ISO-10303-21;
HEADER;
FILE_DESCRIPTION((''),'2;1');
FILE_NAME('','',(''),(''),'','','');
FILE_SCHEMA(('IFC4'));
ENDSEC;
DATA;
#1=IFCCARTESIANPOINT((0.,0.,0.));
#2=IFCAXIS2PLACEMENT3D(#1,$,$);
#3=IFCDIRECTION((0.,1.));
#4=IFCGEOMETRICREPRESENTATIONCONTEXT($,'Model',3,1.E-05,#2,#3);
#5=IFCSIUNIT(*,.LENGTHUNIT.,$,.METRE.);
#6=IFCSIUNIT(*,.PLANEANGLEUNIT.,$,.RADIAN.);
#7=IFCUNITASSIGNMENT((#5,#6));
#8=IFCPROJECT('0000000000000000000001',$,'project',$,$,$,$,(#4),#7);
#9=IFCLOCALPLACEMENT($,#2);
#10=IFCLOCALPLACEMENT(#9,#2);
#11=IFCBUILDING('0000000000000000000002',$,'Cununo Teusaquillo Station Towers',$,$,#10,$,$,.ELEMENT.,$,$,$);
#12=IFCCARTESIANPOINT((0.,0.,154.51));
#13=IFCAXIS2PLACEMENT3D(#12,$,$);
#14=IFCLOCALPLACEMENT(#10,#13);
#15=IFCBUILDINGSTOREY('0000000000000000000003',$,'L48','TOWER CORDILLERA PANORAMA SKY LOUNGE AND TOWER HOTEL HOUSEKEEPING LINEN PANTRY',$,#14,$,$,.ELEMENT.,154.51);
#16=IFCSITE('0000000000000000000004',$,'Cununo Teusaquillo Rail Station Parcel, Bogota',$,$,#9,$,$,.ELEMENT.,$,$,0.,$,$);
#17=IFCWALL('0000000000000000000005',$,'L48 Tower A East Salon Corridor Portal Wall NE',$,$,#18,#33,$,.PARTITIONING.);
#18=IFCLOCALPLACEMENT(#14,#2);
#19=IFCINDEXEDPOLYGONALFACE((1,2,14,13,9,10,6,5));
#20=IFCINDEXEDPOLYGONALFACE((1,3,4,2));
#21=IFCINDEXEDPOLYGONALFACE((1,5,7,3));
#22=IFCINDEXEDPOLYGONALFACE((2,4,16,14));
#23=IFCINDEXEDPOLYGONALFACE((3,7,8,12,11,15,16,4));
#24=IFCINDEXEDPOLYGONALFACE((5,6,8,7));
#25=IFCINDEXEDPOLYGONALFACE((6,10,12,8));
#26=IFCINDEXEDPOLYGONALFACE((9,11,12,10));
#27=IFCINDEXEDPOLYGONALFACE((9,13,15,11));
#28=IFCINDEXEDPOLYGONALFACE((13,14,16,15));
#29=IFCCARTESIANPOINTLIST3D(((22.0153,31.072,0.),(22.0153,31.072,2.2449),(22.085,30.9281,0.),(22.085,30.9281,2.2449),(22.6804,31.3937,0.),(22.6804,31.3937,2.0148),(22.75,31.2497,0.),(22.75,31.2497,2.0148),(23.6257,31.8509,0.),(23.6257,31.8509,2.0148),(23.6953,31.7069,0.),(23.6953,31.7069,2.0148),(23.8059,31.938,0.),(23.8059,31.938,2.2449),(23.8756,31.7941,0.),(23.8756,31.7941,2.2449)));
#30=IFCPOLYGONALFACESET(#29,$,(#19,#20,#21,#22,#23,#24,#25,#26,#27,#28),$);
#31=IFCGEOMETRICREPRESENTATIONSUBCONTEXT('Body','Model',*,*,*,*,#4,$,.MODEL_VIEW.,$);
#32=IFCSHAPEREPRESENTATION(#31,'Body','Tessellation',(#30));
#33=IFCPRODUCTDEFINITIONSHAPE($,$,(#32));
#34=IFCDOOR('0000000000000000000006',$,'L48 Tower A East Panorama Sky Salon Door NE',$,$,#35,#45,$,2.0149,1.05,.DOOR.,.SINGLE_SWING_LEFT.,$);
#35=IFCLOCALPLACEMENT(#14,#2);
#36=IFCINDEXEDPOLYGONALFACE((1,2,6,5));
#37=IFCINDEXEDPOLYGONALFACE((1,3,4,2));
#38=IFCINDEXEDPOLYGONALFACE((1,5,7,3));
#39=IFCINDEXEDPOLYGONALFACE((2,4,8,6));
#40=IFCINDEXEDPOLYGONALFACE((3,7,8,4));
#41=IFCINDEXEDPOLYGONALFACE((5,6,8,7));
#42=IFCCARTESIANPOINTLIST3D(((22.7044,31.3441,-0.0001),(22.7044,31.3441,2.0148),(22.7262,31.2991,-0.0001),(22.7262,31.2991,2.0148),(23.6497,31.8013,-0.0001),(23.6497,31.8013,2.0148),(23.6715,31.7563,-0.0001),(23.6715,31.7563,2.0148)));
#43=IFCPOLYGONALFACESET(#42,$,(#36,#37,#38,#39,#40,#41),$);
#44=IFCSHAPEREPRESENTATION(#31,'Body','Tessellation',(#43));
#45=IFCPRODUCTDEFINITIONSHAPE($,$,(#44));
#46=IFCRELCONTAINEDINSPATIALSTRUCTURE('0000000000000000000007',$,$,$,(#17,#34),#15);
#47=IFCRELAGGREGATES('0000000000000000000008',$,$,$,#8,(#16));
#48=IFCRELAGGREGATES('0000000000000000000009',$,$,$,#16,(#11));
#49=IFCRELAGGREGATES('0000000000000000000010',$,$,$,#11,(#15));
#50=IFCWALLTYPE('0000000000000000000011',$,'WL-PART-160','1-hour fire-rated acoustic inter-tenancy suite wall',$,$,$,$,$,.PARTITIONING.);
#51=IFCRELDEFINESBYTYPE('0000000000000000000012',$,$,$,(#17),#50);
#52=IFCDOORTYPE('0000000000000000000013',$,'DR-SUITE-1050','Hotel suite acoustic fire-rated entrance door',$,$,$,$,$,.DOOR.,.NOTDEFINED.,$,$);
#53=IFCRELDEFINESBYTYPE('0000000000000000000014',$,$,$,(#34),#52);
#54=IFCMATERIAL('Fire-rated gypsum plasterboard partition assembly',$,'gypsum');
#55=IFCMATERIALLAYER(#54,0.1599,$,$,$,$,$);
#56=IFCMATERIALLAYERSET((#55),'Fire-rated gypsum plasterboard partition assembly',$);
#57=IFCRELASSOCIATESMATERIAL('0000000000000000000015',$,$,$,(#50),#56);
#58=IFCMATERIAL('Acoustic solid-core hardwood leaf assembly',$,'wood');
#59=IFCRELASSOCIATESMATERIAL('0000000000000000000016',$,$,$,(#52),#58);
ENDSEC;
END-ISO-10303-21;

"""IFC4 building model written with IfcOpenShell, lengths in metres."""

from ifc_helpers import new_model, si_unit, direction, frame, frame_2d, origin, place, context, subcontext, project, spatial, rectangle, extrude, source, transform, mapped, material, layer, layer_set, type_object, element, fill, save


model = new_model("IFC4")

# Units and contexts
model_context = context("Model", 3, precision=1e-05, world=origin(), true_north=direction((0.0, 1.0)))
body_context = subcontext(model_context, "Body", "Model", "MODEL_VIEW")
ifc_project = project(units=[si_unit("LENGTHUNIT", "METRE"), si_unit("PLANEANGLEUNIT", "RADIAN")], contexts=[model_context])

# Site, building, storey
site_placement = place(None, origin())
site = spatial("IfcSite", under=ifc_project, at=site_placement, Name="Cununo Teusaquillo Rail Station Parcel, Bogota", CompositionType="ELEMENT", RefElevation=0.0)
building_placement = place(site_placement, origin())
building = spatial("IfcBuilding", under=site, at=building_placement, Name="Cununo Teusaquillo Station Towers", CompositionType="ELEMENT")
storey_placement = place(building_placement, frame((0.0, 0.0, 154.51)))
storey = spatial("IfcBuildingStorey", under=building, at=storey_placement, Name="L48", Description="TOWER CORDILLERA PANORAMA SKY LOUNGE AND TOWER HOTEL HOUSEKEEPING LINEN PANTRY", CompositionType="ELEMENT", Elevation=154.51)

# Wall, opening, door
ifc_material_1 = material(Name="Fire-rated gypsum plasterboard partition assembly", Category="gypsum")
ifc_layer_1 = layer(ifc_material_1, 0.1599)
ifc_layer_set_1 = layer_set([ifc_layer_1], Name="Fire-rated gypsum plasterboard partition assembly")
wall_type_1 = type_object("IfcWallType", Name="WL-PART-160", Description="1-hour fire-rated acoustic inter-tenancy suite wall", PredefinedType="PARTITIONING", material=ifc_layer_set_1)
wall_1_placement = place(storey_placement, frame((22.05, 31.0, 0.0), z_axis=(0.0, 0.0, 1.0), x_axis=(0.900242, 0.435391, 0.0)))
wall_1 = element("IfcWall", 1, at=wall_1_placement, inside=storey, type_object=wall_type_1, Name="L48 Tower A East Salon Corridor Portal Wall NE", PredefinedType="PARTITIONING", context=body_context, shape_type="SweptSolid", body=[
    extrude(rectangle(XDim=1.989, YDim=0.1599, at=frame_2d((0.9946, 0.0))), origin(), (0.0, 0.0, 1.0), 2.2449),
])
shared_shape_1 = source(origin(), body_context, "Body", "SweptSolid", [
    extrude(rectangle(XDim=1.05, YDim=2.0149, at=frame_2d((0.5249, 1.0073))), frame((0.0, 0.0898, 0.0), z_axis=(0.0, -1.0, 0.0), x_axis=(1.0, 0.0, 0.0)), (0.0, 0.0, 1.0), 0.1799),
])
opening_1_placement = place(wall_1_placement, frame((0.739, 0.0, 0.0)))
opening_1 = element("IfcOpeningElement", 2, at=opening_1_placement, cuts=wall_1, PredefinedType="OPENING", context=body_context, shape_type="MappedRepresentation", body=[
    mapped(shared_shape_1, transform((0.0, 0.0, 0.0), x_axis=(1.0, 0.0, 0.0), y_axis=(0.0, 1.0, 0.0), z_axis=(0.0, 0.0, 1.0), scale=1.0)),
])
ifc_material_2 = material(Name="Acoustic solid-core hardwood leaf assembly", Category="wood")
door_type_1 = type_object("IfcDoorType", Name="DR-SUITE-1050", Description="Hotel suite acoustic fire-rated entrance door", OperationType="NOTDEFINED", PredefinedType="DOOR", material=ifc_material_2)
shared_shape_2 = source(origin(), body_context, "Body", "SweptSolid", [
    extrude(rectangle(XDim=1.05, YDim=2.0149, at=frame_2d((0.5249, 1.0073))), frame((0.0, 0.0249, 0.0), z_axis=(0.0, -1.0, 0.0), x_axis=(1.0, 0.0, 0.0)), (0.0, 0.0, 1.0), 0.05),
])
door_1_placement = place(opening_1_placement, origin())
door_1 = element("IfcDoor", 3, at=door_1_placement, inside=storey, type_object=door_type_1, Name="L48 Tower A East Panorama Sky Salon Door NE", OperationType="SINGLE_SWING_LEFT", OverallHeight=2.0149, OverallWidth=1.05, PredefinedType="DOOR", context=body_context, shape_type="MappedRepresentation", body=[
    mapped(shared_shape_2, transform((0.0, 0.0, 0.0), x_axis=(1.0, 0.0, 0.0), y_axis=(0.0, 1.0, 0.0), z_axis=(0.0, 0.0, 1.0), scale=1.0)),
])
fill(opening_1, door_1)

save(model, "model.ifc")
